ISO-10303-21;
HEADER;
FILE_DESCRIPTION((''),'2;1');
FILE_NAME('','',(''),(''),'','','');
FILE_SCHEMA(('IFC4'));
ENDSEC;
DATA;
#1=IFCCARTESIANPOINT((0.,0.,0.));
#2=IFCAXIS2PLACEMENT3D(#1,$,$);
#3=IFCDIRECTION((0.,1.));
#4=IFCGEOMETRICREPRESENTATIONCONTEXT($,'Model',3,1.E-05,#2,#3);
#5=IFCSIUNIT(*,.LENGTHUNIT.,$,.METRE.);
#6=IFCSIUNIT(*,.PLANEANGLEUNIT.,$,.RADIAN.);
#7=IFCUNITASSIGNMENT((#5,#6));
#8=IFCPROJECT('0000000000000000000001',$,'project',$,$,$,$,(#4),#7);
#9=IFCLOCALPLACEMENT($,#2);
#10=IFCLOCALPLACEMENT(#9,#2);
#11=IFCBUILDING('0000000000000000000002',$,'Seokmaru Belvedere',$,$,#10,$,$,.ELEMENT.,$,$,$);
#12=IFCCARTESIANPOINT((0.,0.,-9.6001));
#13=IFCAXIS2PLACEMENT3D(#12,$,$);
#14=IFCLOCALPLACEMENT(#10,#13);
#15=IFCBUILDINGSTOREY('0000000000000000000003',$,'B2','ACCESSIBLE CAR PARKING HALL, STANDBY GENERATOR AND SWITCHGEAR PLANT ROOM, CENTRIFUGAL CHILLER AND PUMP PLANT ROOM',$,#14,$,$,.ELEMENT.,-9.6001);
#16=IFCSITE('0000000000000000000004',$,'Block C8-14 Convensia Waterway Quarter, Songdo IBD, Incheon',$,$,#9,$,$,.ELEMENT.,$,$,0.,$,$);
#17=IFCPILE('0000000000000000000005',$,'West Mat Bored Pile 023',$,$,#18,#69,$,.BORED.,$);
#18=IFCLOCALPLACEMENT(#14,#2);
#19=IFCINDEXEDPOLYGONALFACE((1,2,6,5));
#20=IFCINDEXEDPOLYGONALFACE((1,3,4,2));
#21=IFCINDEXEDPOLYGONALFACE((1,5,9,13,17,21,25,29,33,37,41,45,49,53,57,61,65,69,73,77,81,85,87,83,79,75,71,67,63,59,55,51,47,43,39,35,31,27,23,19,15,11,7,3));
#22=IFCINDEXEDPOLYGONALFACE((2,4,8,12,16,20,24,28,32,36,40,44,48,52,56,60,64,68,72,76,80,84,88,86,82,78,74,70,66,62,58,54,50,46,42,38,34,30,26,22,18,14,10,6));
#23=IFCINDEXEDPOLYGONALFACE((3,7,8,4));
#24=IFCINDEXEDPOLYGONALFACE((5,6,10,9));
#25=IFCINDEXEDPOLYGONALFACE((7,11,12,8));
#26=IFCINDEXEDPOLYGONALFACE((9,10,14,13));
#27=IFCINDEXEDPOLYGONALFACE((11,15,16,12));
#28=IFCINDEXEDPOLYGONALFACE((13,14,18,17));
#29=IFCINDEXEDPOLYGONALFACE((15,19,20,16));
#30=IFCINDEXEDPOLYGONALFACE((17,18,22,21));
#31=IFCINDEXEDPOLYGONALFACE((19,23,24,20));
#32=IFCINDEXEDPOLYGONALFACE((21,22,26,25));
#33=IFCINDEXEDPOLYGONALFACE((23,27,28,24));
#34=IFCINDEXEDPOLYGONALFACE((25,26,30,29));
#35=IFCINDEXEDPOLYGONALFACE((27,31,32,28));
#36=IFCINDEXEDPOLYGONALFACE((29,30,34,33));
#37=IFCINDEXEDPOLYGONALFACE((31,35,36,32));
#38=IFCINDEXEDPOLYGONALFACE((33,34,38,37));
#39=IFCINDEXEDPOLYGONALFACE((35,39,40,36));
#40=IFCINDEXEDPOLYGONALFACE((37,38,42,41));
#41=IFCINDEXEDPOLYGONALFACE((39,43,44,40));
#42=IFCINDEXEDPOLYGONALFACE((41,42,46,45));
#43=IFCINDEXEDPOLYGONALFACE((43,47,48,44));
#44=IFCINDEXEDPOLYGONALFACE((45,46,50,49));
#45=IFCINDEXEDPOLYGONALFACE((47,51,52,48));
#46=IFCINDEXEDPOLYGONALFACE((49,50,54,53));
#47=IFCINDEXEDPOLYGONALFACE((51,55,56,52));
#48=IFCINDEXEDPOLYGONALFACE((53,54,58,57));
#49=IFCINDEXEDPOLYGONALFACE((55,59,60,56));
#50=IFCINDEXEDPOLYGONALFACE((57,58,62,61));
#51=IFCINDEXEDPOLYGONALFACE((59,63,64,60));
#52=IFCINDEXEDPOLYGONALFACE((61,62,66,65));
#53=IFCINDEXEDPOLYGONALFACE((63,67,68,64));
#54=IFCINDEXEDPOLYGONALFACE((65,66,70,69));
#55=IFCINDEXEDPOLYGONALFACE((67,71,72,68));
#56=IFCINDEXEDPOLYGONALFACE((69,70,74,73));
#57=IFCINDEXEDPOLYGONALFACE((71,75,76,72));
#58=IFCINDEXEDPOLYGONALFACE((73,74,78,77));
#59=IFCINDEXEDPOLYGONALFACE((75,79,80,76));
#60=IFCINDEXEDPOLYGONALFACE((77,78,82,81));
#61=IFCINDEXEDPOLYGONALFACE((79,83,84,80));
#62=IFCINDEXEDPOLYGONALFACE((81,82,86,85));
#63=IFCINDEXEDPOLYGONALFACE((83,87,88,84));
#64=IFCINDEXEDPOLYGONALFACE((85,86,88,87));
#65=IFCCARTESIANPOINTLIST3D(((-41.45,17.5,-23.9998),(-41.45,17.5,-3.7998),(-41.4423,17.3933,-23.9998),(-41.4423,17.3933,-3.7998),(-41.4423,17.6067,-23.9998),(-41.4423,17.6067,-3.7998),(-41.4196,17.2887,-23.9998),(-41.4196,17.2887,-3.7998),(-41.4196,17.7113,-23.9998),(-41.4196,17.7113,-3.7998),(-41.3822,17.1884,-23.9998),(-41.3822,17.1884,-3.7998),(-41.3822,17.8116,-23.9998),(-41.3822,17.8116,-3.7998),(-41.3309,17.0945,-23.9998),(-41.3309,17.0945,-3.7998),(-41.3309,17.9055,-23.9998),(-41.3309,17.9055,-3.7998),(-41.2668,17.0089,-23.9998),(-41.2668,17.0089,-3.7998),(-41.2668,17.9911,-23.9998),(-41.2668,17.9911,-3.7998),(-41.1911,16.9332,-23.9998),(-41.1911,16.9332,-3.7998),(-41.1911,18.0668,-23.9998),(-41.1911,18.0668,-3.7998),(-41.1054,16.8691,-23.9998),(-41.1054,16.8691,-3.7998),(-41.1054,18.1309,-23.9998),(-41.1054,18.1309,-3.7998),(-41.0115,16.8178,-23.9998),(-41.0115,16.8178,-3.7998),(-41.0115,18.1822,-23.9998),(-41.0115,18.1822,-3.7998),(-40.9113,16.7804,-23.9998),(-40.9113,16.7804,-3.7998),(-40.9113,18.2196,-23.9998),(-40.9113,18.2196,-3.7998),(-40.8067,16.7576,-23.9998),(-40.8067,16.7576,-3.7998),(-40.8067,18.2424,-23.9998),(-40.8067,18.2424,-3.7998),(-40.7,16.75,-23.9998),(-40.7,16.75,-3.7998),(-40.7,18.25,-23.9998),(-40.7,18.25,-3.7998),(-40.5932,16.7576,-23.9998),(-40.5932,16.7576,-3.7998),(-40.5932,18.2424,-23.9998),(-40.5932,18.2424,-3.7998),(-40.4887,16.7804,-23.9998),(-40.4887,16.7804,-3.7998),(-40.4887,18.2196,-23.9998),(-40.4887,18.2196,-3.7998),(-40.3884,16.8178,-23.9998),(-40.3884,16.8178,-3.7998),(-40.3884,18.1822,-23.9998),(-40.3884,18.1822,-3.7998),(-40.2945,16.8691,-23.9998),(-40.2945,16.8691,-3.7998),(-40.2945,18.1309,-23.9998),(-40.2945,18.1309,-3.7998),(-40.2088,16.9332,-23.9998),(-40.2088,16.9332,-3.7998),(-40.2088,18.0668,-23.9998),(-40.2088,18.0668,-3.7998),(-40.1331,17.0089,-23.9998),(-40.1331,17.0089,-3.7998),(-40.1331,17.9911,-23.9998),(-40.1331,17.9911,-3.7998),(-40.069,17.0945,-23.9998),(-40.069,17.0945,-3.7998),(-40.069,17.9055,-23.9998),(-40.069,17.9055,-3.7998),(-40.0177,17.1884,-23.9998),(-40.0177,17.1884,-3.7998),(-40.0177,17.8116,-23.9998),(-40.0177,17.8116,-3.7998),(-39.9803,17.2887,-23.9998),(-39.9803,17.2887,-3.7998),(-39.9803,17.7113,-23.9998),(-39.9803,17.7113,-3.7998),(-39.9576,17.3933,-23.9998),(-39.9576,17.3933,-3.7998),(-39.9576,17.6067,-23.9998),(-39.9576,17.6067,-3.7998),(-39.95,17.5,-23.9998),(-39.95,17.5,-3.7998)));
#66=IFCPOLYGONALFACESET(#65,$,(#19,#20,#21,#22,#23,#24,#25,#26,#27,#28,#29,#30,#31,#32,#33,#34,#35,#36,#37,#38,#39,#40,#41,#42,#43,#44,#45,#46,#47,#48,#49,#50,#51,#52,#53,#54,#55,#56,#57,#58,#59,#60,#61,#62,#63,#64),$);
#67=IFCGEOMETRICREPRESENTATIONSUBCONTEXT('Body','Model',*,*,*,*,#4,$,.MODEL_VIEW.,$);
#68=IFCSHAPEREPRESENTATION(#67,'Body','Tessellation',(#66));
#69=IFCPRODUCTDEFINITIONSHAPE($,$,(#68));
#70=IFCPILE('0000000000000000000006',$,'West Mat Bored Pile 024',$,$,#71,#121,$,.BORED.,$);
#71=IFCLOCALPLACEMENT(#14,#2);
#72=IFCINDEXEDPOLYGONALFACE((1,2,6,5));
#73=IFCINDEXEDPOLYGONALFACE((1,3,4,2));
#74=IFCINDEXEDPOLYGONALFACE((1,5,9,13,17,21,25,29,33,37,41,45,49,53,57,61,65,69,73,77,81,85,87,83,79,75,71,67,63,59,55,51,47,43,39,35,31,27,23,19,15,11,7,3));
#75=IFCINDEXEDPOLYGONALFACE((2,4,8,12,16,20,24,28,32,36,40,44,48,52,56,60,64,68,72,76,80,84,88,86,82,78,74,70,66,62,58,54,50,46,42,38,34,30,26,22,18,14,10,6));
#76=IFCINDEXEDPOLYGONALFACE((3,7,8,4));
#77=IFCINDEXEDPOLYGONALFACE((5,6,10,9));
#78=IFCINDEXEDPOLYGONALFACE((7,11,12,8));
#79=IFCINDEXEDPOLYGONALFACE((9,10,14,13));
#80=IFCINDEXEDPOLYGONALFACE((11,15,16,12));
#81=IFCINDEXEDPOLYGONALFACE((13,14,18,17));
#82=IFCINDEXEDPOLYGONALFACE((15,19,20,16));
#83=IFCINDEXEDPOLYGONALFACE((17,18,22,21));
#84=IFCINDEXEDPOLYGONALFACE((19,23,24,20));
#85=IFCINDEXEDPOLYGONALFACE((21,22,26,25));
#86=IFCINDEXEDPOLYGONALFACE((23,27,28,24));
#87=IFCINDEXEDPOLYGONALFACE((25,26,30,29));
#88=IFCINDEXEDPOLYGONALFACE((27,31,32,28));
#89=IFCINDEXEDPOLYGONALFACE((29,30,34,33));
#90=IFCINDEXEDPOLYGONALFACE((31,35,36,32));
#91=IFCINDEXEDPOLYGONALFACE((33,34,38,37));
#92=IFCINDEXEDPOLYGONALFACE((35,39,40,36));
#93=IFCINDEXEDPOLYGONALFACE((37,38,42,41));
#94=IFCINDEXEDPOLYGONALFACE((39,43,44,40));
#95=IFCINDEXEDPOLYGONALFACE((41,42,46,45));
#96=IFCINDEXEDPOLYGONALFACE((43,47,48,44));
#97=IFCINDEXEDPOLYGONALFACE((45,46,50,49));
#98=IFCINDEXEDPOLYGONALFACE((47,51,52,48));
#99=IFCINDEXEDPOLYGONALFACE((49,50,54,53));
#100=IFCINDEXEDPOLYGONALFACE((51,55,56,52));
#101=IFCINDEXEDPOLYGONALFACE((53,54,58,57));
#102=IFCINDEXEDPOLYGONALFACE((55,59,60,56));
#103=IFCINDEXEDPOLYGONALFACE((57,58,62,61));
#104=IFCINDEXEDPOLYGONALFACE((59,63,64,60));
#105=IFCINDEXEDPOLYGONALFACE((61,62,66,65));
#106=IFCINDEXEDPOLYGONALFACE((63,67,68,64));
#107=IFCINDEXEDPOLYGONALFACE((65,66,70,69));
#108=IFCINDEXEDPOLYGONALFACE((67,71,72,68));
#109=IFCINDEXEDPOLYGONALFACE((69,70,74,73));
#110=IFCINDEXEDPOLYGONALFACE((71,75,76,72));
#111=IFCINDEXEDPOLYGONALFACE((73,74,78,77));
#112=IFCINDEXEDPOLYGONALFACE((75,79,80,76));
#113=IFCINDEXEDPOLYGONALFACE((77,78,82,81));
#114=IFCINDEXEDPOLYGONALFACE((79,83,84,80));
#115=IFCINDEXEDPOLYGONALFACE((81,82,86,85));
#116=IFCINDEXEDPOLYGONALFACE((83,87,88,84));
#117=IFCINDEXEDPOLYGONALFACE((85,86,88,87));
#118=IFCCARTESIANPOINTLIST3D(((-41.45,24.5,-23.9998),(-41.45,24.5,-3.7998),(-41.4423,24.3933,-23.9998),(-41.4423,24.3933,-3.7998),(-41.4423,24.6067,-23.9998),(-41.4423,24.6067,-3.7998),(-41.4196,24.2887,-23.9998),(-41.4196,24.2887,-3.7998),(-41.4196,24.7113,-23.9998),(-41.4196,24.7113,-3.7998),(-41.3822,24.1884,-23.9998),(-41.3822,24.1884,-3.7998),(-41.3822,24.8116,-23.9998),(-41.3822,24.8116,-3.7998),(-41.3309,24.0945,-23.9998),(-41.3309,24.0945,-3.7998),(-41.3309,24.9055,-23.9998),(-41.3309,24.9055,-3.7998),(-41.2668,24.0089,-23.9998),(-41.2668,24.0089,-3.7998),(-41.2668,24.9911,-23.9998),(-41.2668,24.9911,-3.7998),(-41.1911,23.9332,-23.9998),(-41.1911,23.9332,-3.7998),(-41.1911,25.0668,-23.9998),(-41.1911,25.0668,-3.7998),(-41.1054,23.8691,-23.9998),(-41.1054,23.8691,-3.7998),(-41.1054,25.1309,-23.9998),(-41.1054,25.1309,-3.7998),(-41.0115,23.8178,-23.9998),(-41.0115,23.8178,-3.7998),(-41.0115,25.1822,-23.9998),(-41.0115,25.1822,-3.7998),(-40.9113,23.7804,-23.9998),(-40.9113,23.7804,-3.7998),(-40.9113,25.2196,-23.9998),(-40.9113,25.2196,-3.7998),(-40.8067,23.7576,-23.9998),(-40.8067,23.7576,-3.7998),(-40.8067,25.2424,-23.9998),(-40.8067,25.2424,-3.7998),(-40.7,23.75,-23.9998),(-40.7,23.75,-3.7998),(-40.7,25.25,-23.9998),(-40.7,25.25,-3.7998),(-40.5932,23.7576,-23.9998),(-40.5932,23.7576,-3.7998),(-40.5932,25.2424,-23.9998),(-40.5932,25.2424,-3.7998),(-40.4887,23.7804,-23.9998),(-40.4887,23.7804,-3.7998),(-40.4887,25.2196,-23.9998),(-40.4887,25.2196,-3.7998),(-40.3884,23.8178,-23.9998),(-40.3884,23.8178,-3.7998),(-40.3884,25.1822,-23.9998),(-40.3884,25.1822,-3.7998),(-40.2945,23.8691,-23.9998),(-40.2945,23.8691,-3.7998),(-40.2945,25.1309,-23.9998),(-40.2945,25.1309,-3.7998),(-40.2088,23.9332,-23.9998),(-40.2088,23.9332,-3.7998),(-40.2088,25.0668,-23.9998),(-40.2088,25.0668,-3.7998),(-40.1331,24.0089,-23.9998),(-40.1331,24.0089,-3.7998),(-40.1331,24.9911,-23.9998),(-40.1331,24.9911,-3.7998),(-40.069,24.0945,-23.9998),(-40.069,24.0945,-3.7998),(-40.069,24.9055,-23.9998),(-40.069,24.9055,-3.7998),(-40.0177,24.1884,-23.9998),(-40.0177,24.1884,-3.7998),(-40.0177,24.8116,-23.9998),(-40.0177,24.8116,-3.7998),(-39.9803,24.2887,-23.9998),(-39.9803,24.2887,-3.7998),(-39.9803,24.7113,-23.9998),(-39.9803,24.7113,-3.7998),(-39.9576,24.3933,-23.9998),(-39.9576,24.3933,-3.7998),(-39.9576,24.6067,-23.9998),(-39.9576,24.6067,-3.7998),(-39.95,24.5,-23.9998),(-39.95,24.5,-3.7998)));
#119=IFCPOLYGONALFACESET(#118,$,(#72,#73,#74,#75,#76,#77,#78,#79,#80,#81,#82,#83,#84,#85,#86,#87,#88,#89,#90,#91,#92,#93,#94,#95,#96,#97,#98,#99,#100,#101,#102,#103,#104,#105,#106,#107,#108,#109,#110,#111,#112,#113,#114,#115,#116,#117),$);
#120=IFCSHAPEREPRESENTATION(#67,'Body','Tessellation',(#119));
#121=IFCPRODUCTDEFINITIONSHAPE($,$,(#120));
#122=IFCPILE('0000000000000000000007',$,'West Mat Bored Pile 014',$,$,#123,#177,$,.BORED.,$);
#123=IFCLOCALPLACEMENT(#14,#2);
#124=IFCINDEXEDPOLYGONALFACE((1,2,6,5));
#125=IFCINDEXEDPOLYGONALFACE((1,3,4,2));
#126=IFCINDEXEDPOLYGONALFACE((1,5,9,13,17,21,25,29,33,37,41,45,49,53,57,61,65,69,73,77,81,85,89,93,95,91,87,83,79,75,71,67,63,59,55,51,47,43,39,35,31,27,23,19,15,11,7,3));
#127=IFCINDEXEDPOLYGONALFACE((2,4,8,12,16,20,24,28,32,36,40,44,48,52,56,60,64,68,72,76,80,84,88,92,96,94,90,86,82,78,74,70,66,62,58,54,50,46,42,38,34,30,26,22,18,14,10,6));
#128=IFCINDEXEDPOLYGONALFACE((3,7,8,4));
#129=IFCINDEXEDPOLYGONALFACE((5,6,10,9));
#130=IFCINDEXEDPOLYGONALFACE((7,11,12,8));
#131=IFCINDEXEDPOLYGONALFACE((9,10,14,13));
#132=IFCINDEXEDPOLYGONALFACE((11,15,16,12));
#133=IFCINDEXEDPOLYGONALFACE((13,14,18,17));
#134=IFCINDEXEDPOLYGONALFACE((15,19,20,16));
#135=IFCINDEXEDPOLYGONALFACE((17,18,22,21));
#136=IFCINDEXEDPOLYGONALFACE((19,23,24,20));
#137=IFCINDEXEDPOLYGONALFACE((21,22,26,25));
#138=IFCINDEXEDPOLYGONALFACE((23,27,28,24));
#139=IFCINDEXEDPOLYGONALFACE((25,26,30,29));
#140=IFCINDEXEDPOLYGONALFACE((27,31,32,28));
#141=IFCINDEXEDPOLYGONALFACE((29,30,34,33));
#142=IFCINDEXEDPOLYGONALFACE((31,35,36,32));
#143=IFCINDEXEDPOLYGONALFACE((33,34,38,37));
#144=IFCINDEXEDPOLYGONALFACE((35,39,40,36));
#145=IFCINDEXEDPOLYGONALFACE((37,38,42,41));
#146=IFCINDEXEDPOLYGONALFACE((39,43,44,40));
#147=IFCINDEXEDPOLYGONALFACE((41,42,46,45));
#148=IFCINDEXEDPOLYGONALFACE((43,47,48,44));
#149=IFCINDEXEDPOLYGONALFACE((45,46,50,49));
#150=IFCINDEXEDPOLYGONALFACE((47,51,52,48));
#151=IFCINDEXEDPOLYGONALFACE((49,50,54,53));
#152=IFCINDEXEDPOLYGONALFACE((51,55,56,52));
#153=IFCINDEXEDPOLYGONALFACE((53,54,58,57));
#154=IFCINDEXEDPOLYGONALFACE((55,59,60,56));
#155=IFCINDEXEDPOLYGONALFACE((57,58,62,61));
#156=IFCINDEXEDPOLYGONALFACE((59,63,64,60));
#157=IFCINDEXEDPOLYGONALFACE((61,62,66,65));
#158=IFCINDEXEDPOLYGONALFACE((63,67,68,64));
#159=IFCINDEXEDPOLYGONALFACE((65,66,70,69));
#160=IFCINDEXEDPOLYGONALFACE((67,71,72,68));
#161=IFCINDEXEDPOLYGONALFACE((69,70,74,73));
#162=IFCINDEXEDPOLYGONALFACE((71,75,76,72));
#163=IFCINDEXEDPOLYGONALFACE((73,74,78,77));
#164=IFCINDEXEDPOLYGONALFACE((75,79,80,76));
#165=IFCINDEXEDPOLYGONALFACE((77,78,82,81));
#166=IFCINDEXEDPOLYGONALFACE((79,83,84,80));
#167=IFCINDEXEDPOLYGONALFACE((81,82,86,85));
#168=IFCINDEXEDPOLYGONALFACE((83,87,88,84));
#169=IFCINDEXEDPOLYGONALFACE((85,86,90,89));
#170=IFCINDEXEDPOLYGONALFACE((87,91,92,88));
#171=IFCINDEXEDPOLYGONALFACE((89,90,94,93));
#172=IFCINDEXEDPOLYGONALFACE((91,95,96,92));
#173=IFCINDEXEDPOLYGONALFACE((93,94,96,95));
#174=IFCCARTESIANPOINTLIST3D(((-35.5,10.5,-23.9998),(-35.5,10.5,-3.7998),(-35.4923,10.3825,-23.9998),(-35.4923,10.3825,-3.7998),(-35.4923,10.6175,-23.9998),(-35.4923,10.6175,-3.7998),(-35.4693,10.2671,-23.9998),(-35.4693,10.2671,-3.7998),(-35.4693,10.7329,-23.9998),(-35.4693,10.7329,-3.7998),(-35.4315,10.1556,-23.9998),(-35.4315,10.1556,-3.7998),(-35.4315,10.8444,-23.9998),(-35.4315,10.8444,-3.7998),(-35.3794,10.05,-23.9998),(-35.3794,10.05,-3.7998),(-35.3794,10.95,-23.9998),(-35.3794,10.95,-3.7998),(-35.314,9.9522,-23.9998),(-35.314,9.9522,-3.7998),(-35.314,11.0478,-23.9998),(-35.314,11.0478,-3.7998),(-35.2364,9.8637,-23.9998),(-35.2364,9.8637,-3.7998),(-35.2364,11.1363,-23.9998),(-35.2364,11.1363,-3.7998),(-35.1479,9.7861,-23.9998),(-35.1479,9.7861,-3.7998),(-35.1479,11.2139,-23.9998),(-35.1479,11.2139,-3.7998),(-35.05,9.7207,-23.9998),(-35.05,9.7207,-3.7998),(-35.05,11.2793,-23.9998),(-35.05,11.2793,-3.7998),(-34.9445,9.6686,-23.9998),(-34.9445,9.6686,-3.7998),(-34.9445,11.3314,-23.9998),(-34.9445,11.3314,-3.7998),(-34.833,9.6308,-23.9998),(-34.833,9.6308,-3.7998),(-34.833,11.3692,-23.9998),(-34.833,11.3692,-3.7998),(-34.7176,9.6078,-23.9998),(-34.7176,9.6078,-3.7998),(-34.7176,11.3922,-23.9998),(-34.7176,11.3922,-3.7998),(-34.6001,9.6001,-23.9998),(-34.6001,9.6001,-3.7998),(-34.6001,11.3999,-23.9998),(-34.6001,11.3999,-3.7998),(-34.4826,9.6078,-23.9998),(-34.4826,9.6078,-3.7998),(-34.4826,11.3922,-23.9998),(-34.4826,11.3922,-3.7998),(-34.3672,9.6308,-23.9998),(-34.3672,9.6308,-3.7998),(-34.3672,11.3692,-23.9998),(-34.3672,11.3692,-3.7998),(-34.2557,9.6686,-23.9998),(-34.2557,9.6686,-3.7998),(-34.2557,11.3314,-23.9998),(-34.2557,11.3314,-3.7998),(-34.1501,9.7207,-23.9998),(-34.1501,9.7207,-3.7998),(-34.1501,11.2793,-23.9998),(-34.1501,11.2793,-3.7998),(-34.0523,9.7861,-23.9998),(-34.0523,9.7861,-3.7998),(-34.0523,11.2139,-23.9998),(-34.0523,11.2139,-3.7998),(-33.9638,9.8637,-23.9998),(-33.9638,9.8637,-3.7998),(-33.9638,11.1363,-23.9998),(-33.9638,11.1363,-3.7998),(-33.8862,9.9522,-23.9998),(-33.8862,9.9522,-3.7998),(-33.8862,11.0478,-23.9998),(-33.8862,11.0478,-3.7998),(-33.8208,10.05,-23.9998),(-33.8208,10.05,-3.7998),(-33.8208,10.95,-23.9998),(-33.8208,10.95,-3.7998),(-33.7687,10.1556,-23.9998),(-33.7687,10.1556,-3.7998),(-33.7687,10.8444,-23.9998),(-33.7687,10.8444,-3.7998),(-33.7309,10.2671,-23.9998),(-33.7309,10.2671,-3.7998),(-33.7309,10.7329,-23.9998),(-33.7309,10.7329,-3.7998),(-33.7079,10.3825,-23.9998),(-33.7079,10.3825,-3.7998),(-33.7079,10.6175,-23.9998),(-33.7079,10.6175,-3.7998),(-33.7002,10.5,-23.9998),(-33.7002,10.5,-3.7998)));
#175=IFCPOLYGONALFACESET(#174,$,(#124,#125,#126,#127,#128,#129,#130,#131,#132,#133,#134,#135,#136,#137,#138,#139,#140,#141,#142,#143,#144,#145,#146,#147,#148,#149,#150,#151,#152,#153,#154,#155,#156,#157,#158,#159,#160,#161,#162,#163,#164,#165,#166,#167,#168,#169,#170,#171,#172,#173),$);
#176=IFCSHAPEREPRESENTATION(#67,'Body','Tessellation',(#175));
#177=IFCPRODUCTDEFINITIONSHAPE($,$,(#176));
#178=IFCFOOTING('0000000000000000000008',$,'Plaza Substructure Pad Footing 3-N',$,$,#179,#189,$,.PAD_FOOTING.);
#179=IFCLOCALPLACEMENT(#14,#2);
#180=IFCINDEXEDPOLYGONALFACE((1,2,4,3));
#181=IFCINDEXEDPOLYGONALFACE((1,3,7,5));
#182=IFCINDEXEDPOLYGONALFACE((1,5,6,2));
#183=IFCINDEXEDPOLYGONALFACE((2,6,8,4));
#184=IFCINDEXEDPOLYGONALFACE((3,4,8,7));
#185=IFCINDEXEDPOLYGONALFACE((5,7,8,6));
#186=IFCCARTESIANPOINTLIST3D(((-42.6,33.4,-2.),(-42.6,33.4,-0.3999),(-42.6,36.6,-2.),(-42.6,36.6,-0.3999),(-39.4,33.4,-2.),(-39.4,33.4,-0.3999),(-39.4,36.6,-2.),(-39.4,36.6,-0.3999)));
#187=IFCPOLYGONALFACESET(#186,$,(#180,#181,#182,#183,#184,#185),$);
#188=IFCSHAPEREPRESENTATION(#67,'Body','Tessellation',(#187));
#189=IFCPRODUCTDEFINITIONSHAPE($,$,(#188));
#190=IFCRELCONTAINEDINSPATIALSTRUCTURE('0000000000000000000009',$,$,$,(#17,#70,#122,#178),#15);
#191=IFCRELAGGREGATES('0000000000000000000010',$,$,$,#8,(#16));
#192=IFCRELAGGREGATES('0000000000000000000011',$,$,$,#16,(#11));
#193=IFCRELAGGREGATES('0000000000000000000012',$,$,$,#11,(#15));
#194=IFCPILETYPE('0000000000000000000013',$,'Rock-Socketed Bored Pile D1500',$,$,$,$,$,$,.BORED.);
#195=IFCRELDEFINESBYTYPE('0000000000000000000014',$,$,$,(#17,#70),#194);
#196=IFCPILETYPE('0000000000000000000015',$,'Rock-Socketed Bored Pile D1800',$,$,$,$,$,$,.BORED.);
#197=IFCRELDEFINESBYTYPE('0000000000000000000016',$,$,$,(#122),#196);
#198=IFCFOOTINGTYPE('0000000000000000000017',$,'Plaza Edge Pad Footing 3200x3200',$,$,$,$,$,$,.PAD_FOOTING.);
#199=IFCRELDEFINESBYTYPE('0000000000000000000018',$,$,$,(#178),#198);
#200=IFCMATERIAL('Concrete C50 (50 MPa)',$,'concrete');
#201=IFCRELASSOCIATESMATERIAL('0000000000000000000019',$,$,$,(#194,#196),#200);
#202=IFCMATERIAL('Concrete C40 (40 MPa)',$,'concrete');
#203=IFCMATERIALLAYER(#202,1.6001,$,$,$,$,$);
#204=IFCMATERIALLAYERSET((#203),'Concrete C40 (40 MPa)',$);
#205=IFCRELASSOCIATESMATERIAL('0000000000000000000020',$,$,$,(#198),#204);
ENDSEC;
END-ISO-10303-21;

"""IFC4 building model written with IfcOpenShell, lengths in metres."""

from ifc_helpers import new_model, si_unit, direction, frame, origin, origin_2d, place, context, subcontext, project, spatial, rectangle, circle, extrude, source, transform, mapped, material, layer, layer_set, material_profile, profile_set, type_object, type_shapes, element, save


model = new_model("IFC4")

# Units and contexts
model_context = context("Model", 3, precision=1e-05, world=origin(), true_north=direction((0.0, 1.0)))
body_context = subcontext(model_context, "Body", "Model", "MODEL_VIEW")
ifc_project = project(units=[si_unit("LENGTHUNIT", "METRE"), si_unit("PLANEANGLEUNIT", "RADIAN")], contexts=[model_context])

# Site, building, storey
site_placement = place(None, origin())
site = spatial("IfcSite", under=ifc_project, at=site_placement, Name="Block C8-14 Convensia Waterway Quarter, Songdo IBD, Incheon", CompositionType="ELEMENT", RefElevation=0.0)
building_placement = place(site_placement, origin())
building = spatial("IfcBuilding", under=site, at=building_placement, Name="Seokmaru Belvedere", CompositionType="ELEMENT")
storey_placement = place(building_placement, frame((0.0, 0.0, -9.6001)))
storey = spatial("IfcBuildingStorey", under=building, at=storey_placement, Name="B2", Description="ACCESSIBLE CAR PARKING HALL, STANDBY GENERATOR AND SWITCHGEAR PLANT ROOM, CENTRIFUGAL CHILLER AND PUMP PLANT ROOM", CompositionType="ELEMENT", Elevation=-9.6001)

# Piles
ifc_material_1 = material(Name="Concrete C50 (50 MPa)", Category="concrete")
ifc_material_profile_1 = material_profile(ifc_material_1, circle(Radius=0.75, at=origin_2d()), Name="PILE-D1500")
ifc_profile_set_1 = profile_set([ifc_material_profile_1], Name="Concrete C50 (50 MPa)")
pile_type_1 = type_object("IfcPileType", Name="Rock-Socketed Bored Pile D1500", PredefinedType="BORED", material=ifc_profile_set_1)
shared_shape_1 = source(origin(), body_context, "Body", "SweptSolid", [
    extrude(circle(Radius=0.75, at=origin_2d()), origin(), (0.0, 0.0, 1.0), 20.2),
])
type_shapes(pile_type_1, [shared_shape_1])
for number, where, z_axis, x_axis, name in (
    (1, (-40.7, 17.5, -3.7998), (0.0, 0.0, -1.0), (1.0, 0.0, 0.0), "West Mat Bored Pile 023"),
    (2, (-40.7, 24.5, -3.7998), (0.0, 0.0, -1.0), (1.0, 0.0, 0.0), "West Mat Bored Pile 024"),
):
    element("IfcPile", number, at=place(storey_placement, frame(where, z_axis=z_axis, x_axis=x_axis)), inside=storey, type_object=pile_type_1, Name=name, PredefinedType="BORED", context=body_context, shape_type="MappedRepresentation", body=[
        mapped(shared_shape_1, transform((0.0, 0.0, 0.0), scale=1.0)),
    ])
ifc_material_profile_2 = material_profile(ifc_material_1, circle(Radius=0.8999, at=origin_2d()), Name="PILE-D1800")
ifc_profile_set_2 = profile_set([ifc_material_profile_2], Name="Concrete C50 (50 MPa)")
pile_type_2 = type_object("IfcPileType", Name="Rock-Socketed Bored Pile D1800", PredefinedType="BORED", material=ifc_profile_set_2)
shared_shape_2 = source(origin(), body_context, "Body", "SweptSolid", [
    extrude(circle(Radius=0.8999, at=origin_2d()), origin(), (0.0, 0.0, 1.0), 20.2),
])
type_shapes(pile_type_2, [shared_shape_2])
pile_placement = place(storey_placement, frame((-34.6001, 10.5, -3.7998), z_axis=(0.0, 0.0, -1.0), x_axis=(1.0, 0.0, 0.0)))
element("IfcPile", 3, at=pile_placement, inside=storey, type_object=pile_type_2, Name="West Mat Bored Pile 014", PredefinedType="BORED", context=body_context, shape_type="MappedRepresentation", body=[
    mapped(shared_shape_2, transform((0.0, 0.0, 0.0), scale=1.0)),
])

# Footing
ifc_material_2 = material(Name="Concrete C40 (40 MPa)", Category="concrete")
ifc_layer_1 = layer(ifc_material_2, 1.6001)
ifc_layer_set_1 = layer_set([ifc_layer_1], Name="Concrete C40 (40 MPa)")
footing_type = type_object("IfcFootingType", Name="Plaza Edge Pad Footing 3200x3200", PredefinedType="PAD_FOOTING", material=ifc_layer_set_1)
shared_shape_3 = source(origin(), body_context, "Body", "SweptSolid", [
    extrude(rectangle(XDim=3.2, YDim=3.2, at=origin_2d()), origin(), (0.0, 0.0, 1.0), 1.6001),
])
type_shapes(footing_type, [shared_shape_3])
footing_placement = place(storey_placement, frame((-41.0, 35.0, -2.0), z_axis=(0.0, 0.0, 1.0), x_axis=(1.0, 0.0, 0.0)))
element("IfcFooting", 4, at=footing_placement, inside=storey, type_object=footing_type, Name="Plaza Substructure Pad Footing 3-N", PredefinedType="PAD_FOOTING", context=body_context, shape_type="MappedRepresentation", body=[
    mapped(shared_shape_3, transform((0.0, 0.0, 0.0), scale=1.0)),
])

save(model, "model.ifc")
